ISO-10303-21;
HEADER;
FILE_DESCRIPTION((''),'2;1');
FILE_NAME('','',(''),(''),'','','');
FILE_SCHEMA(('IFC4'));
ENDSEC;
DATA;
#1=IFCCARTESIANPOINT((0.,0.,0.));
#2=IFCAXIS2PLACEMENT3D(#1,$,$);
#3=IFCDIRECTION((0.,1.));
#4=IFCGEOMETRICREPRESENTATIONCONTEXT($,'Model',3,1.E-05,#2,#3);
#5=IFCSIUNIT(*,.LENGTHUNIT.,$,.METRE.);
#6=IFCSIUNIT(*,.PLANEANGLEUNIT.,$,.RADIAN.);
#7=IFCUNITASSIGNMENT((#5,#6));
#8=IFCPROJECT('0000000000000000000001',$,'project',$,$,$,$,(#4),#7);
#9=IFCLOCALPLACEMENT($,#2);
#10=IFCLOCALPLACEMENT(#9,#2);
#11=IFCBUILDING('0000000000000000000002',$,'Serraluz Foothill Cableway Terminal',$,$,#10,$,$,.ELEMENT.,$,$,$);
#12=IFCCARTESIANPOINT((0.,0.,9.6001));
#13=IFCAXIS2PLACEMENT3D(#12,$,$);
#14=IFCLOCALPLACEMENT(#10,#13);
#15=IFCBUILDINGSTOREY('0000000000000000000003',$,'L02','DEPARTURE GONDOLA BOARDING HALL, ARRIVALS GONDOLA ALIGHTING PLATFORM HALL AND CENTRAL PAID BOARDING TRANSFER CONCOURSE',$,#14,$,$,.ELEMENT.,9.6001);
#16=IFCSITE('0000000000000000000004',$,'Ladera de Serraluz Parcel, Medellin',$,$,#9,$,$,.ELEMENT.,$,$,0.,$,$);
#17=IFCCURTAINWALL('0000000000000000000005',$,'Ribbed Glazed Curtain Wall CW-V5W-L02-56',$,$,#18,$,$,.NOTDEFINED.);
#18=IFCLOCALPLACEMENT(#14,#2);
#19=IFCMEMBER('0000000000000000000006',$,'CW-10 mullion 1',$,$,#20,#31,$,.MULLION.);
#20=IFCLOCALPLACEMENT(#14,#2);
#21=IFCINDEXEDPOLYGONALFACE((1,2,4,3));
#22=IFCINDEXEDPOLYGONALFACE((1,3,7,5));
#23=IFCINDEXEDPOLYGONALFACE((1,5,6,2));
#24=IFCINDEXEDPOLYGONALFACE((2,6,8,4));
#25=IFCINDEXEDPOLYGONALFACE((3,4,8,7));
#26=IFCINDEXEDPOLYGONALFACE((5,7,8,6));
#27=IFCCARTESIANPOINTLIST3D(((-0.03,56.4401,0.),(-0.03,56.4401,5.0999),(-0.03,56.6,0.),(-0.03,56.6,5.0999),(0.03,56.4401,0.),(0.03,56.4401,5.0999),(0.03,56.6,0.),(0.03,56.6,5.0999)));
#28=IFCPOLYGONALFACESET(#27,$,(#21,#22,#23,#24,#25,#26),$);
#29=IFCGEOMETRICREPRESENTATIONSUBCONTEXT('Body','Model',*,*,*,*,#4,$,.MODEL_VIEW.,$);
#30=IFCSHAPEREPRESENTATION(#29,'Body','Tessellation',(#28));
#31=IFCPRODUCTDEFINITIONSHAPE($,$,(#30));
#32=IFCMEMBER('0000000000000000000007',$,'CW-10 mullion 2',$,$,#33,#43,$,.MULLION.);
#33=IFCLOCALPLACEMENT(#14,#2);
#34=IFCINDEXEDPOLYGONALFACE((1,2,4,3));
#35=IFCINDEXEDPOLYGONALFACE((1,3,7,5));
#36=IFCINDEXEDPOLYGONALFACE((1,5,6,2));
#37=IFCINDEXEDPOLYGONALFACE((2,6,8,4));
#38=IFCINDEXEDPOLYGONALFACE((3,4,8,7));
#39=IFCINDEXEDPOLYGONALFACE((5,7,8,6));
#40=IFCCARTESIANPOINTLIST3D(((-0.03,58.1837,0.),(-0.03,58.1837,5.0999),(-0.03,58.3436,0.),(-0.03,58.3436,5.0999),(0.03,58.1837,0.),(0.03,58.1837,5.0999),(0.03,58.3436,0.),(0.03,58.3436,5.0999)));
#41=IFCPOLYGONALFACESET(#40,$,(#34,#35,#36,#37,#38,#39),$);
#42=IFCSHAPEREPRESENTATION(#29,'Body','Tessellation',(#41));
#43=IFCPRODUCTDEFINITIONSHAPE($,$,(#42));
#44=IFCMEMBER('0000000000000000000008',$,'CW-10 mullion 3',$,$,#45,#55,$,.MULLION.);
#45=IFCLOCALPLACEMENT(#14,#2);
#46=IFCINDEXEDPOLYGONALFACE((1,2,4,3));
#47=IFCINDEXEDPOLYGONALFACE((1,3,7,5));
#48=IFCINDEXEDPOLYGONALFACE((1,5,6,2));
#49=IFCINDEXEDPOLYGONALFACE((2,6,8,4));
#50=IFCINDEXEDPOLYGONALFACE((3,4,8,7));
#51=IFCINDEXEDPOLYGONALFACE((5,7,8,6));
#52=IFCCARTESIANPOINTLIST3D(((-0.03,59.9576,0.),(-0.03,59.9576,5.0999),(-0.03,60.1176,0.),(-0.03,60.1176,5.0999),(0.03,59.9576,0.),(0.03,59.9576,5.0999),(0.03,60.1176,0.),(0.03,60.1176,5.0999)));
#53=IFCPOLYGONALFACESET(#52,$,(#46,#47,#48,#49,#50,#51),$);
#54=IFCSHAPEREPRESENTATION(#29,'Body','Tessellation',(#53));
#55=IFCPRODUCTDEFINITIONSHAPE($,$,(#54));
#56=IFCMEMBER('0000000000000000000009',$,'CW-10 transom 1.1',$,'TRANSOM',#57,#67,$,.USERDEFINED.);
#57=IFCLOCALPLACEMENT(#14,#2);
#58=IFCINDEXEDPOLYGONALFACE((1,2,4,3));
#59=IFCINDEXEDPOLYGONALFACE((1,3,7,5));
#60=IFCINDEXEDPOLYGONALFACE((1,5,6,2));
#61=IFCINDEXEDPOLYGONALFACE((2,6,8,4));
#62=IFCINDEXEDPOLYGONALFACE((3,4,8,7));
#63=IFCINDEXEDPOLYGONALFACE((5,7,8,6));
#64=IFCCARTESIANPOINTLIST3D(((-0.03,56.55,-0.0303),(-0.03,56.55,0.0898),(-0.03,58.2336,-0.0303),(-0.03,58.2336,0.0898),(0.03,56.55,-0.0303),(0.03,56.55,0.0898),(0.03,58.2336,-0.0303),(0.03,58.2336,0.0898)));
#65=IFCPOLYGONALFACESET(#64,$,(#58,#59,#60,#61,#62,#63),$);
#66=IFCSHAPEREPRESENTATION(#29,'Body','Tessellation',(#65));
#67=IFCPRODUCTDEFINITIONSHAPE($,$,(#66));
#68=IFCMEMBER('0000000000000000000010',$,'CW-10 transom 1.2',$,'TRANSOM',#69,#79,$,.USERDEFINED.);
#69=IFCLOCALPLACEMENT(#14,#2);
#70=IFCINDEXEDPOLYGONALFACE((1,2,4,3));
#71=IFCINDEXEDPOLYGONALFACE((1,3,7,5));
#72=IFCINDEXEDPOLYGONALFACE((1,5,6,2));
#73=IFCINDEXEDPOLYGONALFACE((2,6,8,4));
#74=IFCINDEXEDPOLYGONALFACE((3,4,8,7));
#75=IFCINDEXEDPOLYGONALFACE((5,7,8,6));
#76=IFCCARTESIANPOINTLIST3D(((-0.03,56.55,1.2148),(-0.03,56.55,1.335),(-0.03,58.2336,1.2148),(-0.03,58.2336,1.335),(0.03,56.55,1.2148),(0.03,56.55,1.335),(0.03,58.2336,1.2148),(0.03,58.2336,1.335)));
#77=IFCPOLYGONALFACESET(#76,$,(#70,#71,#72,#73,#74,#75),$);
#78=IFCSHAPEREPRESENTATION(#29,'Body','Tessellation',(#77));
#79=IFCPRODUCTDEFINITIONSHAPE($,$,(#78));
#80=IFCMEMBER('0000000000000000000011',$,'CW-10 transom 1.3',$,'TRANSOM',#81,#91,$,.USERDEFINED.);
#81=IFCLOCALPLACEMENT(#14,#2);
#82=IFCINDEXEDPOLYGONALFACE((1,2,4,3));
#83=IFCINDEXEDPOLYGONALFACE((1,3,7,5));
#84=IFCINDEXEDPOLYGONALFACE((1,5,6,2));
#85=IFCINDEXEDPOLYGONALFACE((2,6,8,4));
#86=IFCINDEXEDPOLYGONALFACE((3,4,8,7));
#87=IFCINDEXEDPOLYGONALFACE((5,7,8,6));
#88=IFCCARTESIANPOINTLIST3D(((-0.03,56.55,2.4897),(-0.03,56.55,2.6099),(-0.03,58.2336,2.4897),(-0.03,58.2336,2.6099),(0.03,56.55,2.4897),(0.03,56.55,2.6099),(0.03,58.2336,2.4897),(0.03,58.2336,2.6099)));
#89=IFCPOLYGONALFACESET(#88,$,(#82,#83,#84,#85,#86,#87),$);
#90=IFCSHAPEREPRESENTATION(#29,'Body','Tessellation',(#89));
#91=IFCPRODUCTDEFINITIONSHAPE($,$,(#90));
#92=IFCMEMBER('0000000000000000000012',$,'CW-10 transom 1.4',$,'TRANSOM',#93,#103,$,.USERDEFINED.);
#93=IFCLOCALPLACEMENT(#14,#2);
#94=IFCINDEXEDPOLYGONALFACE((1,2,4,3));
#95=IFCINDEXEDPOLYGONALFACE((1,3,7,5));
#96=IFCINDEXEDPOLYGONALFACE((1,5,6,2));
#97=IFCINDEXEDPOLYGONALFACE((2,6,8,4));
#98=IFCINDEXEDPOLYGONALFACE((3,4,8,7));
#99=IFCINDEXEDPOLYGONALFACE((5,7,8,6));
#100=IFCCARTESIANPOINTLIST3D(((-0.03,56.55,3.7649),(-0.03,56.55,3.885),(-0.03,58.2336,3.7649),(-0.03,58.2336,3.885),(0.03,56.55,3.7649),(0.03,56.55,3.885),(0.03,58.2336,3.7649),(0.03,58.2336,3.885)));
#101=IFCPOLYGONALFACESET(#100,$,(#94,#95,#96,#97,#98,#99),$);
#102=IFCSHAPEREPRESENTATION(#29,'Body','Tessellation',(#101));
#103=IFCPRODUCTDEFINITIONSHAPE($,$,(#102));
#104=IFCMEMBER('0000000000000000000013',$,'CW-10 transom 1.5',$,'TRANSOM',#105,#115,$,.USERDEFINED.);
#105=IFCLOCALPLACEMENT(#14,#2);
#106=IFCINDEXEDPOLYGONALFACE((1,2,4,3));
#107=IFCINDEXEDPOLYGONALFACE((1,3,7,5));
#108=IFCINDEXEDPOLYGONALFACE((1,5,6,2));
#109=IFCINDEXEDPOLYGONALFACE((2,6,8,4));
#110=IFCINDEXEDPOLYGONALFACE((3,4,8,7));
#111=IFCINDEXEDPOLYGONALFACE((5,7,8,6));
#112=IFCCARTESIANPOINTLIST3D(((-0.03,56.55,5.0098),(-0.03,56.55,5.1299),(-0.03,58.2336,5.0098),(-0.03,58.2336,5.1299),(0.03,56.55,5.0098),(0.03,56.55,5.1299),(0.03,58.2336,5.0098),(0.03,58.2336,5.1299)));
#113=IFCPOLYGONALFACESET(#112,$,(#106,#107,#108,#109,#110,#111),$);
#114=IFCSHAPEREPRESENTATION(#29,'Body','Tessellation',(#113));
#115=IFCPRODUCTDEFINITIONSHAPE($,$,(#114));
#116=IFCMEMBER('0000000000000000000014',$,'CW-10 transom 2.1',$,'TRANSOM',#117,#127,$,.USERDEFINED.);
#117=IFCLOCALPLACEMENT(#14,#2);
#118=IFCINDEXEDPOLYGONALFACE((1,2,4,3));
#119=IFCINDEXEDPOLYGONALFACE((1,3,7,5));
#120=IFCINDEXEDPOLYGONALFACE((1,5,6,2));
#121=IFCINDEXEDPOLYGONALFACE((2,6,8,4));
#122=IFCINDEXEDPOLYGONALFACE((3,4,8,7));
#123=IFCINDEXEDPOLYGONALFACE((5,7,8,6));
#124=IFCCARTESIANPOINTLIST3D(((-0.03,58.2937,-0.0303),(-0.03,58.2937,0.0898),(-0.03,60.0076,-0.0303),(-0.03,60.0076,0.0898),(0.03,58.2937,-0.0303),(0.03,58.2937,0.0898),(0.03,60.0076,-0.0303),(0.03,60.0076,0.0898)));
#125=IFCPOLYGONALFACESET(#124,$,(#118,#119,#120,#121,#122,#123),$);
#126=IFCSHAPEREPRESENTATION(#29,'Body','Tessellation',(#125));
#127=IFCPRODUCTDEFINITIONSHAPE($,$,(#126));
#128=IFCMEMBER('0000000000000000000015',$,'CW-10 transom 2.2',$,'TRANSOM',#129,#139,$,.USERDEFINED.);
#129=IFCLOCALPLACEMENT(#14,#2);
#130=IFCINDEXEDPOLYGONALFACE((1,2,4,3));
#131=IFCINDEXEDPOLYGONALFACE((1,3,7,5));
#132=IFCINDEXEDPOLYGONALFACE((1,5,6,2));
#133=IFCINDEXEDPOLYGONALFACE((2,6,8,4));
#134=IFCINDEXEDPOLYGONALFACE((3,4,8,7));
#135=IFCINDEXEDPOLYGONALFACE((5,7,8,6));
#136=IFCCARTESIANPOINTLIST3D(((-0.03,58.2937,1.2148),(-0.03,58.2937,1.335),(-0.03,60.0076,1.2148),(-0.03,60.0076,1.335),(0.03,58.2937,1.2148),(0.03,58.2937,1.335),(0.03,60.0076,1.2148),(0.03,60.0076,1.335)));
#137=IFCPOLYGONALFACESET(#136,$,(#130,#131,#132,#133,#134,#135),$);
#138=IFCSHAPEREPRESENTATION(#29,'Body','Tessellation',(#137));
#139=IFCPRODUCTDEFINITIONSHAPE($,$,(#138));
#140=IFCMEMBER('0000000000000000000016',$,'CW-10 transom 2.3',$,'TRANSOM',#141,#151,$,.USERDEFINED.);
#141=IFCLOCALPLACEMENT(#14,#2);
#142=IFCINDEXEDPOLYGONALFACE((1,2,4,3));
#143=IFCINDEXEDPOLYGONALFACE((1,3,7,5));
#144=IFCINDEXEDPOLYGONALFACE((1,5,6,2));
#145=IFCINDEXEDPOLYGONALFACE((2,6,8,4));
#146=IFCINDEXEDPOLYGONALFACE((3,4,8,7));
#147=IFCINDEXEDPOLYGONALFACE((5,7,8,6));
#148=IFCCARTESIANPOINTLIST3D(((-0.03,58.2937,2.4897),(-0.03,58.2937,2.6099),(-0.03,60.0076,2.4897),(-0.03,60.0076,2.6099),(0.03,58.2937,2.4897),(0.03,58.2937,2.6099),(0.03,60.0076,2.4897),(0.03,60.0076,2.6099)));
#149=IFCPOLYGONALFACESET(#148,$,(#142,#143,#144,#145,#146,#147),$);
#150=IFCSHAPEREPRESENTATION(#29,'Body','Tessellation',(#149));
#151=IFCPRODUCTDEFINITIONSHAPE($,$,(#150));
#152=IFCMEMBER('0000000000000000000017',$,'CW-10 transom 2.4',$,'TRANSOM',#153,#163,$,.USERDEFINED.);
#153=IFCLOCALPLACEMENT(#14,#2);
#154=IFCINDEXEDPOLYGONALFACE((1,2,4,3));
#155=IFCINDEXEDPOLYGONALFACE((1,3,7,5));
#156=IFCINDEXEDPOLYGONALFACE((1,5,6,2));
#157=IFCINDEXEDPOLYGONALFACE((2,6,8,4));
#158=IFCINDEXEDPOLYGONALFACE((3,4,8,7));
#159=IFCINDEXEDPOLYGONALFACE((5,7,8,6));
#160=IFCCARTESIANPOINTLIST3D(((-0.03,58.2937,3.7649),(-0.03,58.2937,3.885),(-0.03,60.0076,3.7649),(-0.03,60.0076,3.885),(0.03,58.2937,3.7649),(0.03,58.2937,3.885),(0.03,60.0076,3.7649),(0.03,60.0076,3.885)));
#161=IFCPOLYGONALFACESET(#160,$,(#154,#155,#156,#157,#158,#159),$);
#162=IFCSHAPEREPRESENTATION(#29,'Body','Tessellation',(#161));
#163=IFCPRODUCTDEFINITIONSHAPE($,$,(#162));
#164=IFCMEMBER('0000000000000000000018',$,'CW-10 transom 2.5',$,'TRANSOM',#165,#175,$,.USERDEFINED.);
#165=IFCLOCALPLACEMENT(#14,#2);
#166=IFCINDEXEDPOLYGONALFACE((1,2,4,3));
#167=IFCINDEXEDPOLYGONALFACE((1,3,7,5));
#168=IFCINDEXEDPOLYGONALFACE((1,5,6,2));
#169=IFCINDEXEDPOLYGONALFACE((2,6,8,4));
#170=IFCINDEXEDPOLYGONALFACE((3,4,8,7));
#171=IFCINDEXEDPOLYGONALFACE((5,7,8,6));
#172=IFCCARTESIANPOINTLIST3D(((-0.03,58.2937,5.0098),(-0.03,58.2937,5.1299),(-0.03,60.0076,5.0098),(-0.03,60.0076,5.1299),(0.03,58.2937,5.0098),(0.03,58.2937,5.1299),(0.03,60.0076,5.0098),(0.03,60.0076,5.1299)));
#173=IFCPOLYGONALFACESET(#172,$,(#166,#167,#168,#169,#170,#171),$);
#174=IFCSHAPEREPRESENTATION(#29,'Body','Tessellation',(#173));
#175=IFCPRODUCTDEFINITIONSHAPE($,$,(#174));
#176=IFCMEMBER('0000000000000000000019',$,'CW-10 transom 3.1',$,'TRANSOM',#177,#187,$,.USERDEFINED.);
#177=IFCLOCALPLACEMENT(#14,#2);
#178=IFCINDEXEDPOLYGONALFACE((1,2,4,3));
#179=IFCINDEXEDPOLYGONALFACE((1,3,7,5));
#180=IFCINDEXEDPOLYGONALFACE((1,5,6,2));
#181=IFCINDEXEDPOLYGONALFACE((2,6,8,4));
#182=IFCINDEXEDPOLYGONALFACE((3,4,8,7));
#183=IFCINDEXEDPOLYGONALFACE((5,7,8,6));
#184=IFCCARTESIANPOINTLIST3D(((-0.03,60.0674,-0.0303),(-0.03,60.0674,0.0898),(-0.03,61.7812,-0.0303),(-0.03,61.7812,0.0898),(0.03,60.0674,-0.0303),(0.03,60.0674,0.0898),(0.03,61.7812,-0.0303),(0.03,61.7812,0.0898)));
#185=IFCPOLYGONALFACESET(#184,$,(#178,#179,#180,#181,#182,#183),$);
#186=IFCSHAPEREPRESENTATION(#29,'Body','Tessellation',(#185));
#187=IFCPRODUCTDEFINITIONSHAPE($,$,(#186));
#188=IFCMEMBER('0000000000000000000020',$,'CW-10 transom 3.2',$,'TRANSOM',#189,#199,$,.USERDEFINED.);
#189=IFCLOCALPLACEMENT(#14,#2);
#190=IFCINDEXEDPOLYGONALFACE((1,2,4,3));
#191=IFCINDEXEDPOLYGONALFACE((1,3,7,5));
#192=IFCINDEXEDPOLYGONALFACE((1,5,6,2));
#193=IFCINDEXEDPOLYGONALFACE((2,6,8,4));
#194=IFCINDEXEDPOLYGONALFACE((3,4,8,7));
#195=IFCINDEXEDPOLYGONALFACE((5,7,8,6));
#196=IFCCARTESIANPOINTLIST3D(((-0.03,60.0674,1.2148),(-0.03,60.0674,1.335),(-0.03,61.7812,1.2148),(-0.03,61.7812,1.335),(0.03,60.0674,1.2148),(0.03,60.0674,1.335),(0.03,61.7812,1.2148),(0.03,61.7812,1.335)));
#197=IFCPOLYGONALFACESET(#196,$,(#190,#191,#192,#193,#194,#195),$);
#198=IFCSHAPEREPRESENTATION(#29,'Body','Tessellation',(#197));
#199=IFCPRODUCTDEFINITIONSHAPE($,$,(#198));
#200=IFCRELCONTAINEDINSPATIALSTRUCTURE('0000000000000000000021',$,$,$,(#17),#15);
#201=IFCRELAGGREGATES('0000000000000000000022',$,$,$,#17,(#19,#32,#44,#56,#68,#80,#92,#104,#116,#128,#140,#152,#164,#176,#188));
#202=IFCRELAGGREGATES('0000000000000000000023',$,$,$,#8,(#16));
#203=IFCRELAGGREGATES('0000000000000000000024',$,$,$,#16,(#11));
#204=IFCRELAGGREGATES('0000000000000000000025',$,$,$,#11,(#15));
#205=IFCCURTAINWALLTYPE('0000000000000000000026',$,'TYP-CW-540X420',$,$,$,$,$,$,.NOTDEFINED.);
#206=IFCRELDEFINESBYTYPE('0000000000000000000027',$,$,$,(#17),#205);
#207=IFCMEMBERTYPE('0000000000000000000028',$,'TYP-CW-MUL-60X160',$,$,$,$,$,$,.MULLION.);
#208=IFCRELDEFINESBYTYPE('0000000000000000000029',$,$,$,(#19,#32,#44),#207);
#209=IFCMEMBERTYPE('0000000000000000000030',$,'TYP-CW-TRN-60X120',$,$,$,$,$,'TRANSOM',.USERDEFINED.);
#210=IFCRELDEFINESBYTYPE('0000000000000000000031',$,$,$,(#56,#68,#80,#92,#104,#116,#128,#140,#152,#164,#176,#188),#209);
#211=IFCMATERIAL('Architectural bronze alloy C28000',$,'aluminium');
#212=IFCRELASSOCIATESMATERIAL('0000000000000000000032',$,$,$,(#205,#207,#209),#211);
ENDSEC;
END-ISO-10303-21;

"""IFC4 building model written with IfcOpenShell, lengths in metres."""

from ifc_helpers import new_model, si_unit, direction, frame, origin, origin_2d, place, context, subcontext, project, spatial, rectangle, extrude, material, material_profile, profile_set, type_object, element, aggregate, save


model = new_model("IFC4")

# Units and contexts
model_context = context("Model", 3, precision=1e-05, world=origin(), true_north=direction((0.0, 1.0)))
body_context = subcontext(model_context, "Body", "Model", "MODEL_VIEW")
ifc_project = project(units=[si_unit("LENGTHUNIT", "METRE"), si_unit("PLANEANGLEUNIT", "RADIAN")], contexts=[model_context])

# Site, building, storey
site_placement = place(None, origin())
site = spatial("IfcSite", under=ifc_project, at=site_placement, Name="Ladera de Serraluz Parcel, Medellin", CompositionType="ELEMENT", RefElevation=0.0)
building_placement = place(site_placement, origin())
building = spatial("IfcBuilding", under=site, at=building_placement, Name="Serraluz Foothill Cableway Terminal", CompositionType="ELEMENT")
storey_placement = place(building_placement, frame((0.0, 0.0, 9.6001)))
storey = spatial("IfcBuildingStorey", under=building, at=storey_placement, Name="L02", Description="DEPARTURE GONDOLA BOARDING HALL, ARRIVALS GONDOLA ALIGHTING PLATFORM HALL AND CENTRAL PAID BOARDING TRANSFER CONCOURSE", CompositionType="ELEMENT", Elevation=9.6001)

# Curtain wall, members
ifc_material_1 = material(Name="Architectural bronze alloy C28000", Category="aluminium")
curtain_wall_type = type_object("IfcCurtainWallType", Name="TYP-CW-540X420", PredefinedType="NOTDEFINED", material=ifc_material_1)
curtain_wall_placement = place(storey_placement, origin())
curtain_wall = element("IfcCurtainWall", 1, at=curtain_wall_placement, inside=storey, type_object=curtain_wall_type, Name="Ribbed Glazed Curtain Wall CW-V5W-L02-56", PredefinedType="NOTDEFINED")
ifc_material_profile_1 = material_profile(ifc_material_1, rectangle(XDim=0.0601, YDim=0.1599, at=origin_2d()), Name="ALU MULLION 60x160")
ifc_profile_set_1 = profile_set([ifc_material_profile_1], Name="Architectural bronze alloy C28000")
member_type_1 = type_object("IfcMemberType", Name="TYP-CW-MUL-60X160", PredefinedType="MULLION", material=ifc_profile_set_1)
member_1_placement = place(storey_placement, frame((0.0, 56.52, 0.0), z_axis=(0.0, 0.0, 1.0), x_axis=(-1.0, 0.0, 0.0)))
member_1 = element("IfcMember", 2, at=member_1_placement, type_object=member_type_1, Name="CW-10 mullion 1", PredefinedType="MULLION", context=body_context, shape_type="SweptSolid", body=[
    extrude(rectangle(XDim=0.0601, YDim=0.1599, at=origin_2d()), origin(), (0.0, 0.0, 1.0), 5.0999),
])
member_2_placement = place(storey_placement, frame((0.0, 58.2637, 0.0), z_axis=(0.0, 0.0, 1.0), x_axis=(-1.0, 0.0, 0.0)))
member_2 = element("IfcMember", 3, at=member_2_placement, type_object=member_type_1, Name="CW-10 mullion 2", PredefinedType="MULLION", context=body_context, shape_type="SweptSolid", body=[
    extrude(rectangle(XDim=0.0601, YDim=0.1599, at=origin_2d()), origin(), (0.0, 0.0, 1.0), 5.0999),
])
member_3_placement = place(storey_placement, frame((0.0, 60.0376, 0.0), z_axis=(0.0, 0.0, 1.0), x_axis=(-1.0, 0.0, 0.0)))
member_3 = element("IfcMember", 4, at=member_3_placement, type_object=member_type_1, Name="CW-10 mullion 3", PredefinedType="MULLION", context=body_context, shape_type="SweptSolid", body=[
    extrude(rectangle(XDim=0.0601, YDim=0.1599, at=origin_2d()), origin(), (0.0, 0.0, 1.0), 5.0999),
])
ifc_material_profile_2 = material_profile(ifc_material_1, rectangle(XDim=0.0601, YDim=0.1201, at=origin_2d()), Name="ALU TRANSOM 60x120")
ifc_profile_set_2 = profile_set([ifc_material_profile_2], Name="Architectural bronze alloy C28000")
member_type_2 = type_object("IfcMemberType", Name="TYP-CW-TRN-60X120", ElementType="TRANSOM", PredefinedType="USERDEFINED", material=ifc_profile_set_2)
member_4_placement = place(storey_placement, frame((0.0, 56.55, 0.0298), z_axis=(0.0, 1.0, 0.0), x_axis=(-1.0, 0.0, 0.0)))
member_4 = element("IfcMember", 5, at=member_4_placement, type_object=member_type_2, Name="CW-10 transom 1.1", ObjectType="TRANSOM", PredefinedType="USERDEFINED", context=body_context, shape_type="SweptSolid", body=[
    extrude(rectangle(XDim=0.0601, YDim=0.1201, at=origin_2d()), origin(), (0.0, 0.0, 1.0), 1.6836),
])
member_5_placement = place(storey_placement, frame((0.0, 56.55, 1.2749), z_axis=(0.0, 1.0, 0.0), x_axis=(-1.0, 0.0, 0.0)))
member_5 = element("IfcMember", 6, at=member_5_placement, type_object=member_type_2, Name="CW-10 transom 1.2", ObjectType="TRANSOM", PredefinedType="USERDEFINED", context=body_context, shape_type="SweptSolid", body=[
    extrude(rectangle(XDim=0.0601, YDim=0.1201, at=origin_2d()), origin(), (0.0, 0.0, 1.0), 1.6836),
])
member_6_placement = place(storey_placement, frame((0.0, 56.55, 2.5498), z_axis=(0.0, 1.0, 0.0), x_axis=(-1.0, 0.0, 0.0)))
member_6 = element("IfcMember", 7, at=member_6_placement, type_object=member_type_2, Name="CW-10 transom 1.3", ObjectType="TRANSOM", PredefinedType="USERDEFINED", context=body_context, shape_type="SweptSolid", body=[
    extrude(rectangle(XDim=0.0601, YDim=0.1201, at=origin_2d()), origin(), (0.0, 0.0, 1.0), 1.6836),
])
member_7_placement = place(storey_placement, frame((0.0, 56.55, 3.825), z_axis=(0.0, 1.0, 0.0), x_axis=(-1.0, 0.0, 0.0)))
member_7 = element("IfcMember", 8, at=member_7_placement, type_object=member_type_2, Name="CW-10 transom 1.4", ObjectType="TRANSOM", PredefinedType="USERDEFINED", context=body_context, shape_type="SweptSolid", body=[
    extrude(rectangle(XDim=0.0601, YDim=0.1201, at=origin_2d()), origin(), (0.0, 0.0, 1.0), 1.6836),
])
member_8_placement = place(storey_placement, frame((0.0, 56.55, 5.0698), z_axis=(0.0, 1.0, 0.0), x_axis=(-1.0, 0.0, 0.0)))
member_8 = element("IfcMember", 9, at=member_8_placement, type_object=member_type_2, Name="CW-10 transom 1.5", ObjectType="TRANSOM", PredefinedType="USERDEFINED", context=body_context, shape_type="SweptSolid", body=[
    extrude(rectangle(XDim=0.0601, YDim=0.1201, at=origin_2d()), origin(), (0.0, 0.0, 1.0), 1.6836),
])
member_9_placement = place(storey_placement, frame((0.0, 58.2937, 0.0298), z_axis=(0.0, 1.0, 0.0), x_axis=(-1.0, 0.0, 0.0)))
member_9 = element("IfcMember", 10, at=member_9_placement, type_object=member_type_2, Name="CW-10 transom 2.1", ObjectType="TRANSOM", PredefinedType="USERDEFINED", context=body_context, shape_type="SweptSolid", body=[
    extrude(rectangle(XDim=0.0601, YDim=0.1201, at=origin_2d()), origin(), (0.0, 0.0, 1.0), 1.7139),
])
member_10_placement = place(storey_placement, frame((0.0, 58.2937, 1.2749), z_axis=(0.0, 1.0, 0.0), x_axis=(-1.0, 0.0, 0.0)))
member_10 = element("IfcMember", 11, at=member_10_placement, type_object=member_type_2, Name="CW-10 transom 2.2", ObjectType="TRANSOM", PredefinedType="USERDEFINED", context=body_context, shape_type="SweptSolid", body=[
    extrude(rectangle(XDim=0.0601, YDim=0.1201, at=origin_2d()), origin(), (0.0, 0.0, 1.0), 1.7139),
])
member_11_placement = place(storey_placement, frame((0.0, 58.2937, 2.5498), z_axis=(0.0, 1.0, 0.0), x_axis=(-1.0, 0.0, 0.0)))
member_11 = element("IfcMember", 12, at=member_11_placement, type_object=member_type_2, Name="CW-10 transom 2.3", ObjectType="TRANSOM", PredefinedType="USERDEFINED", context=body_context, shape_type="SweptSolid", body=[
    extrude(rectangle(XDim=0.0601, YDim=0.1201, at=origin_2d()), origin(), (0.0, 0.0, 1.0), 1.7139),
])
member_12_placement = place(storey_placement, frame((0.0, 58.2937, 3.825), z_axis=(0.0, 1.0, 0.0), x_axis=(-1.0, 0.0, 0.0)))
member_12 = element("IfcMember", 13, at=member_12_placement, type_object=member_type_2, Name="CW-10 transom 2.4", ObjectType="TRANSOM", PredefinedType="USERDEFINED", context=body_context, shape_type="SweptSolid", body=[
    extrude(rectangle(XDim=0.0601, YDim=0.1201, at=origin_2d()), origin(), (0.0, 0.0, 1.0), 1.7139),
])
member_13_placement = place(storey_placement, frame((0.0, 58.2937, 5.0698), z_axis=(0.0, 1.0, 0.0), x_axis=(-1.0, 0.0, 0.0)))
member_13 = element("IfcMember", 14, at=member_13_placement, type_object=member_type_2, Name="CW-10 transom 2.5", ObjectType="TRANSOM", PredefinedType="USERDEFINED", context=body_context, shape_type="SweptSolid", body=[
    extrude(rectangle(XDim=0.0601, YDim=0.1201, at=origin_2d()), origin(), (0.0, 0.0, 1.0), 1.7139),
])
member_14_placement = place(storey_placement, frame((0.0, 60.0674, 0.0298), z_axis=(0.0, 1.0, 0.0), x_axis=(-1.0, 0.0, 0.0)))
member_14 = element("IfcMember", 15, at=member_14_placement, type_object=member_type_2, Name="CW-10 transom 3.1", ObjectType="TRANSOM", PredefinedType="USERDEFINED", context=body_context, shape_type="SweptSolid", body=[
    extrude(rectangle(XDim=0.0601, YDim=0.1201, at=origin_2d()), origin(), (0.0, 0.0, 1.0), 1.7139),
])
member_15_placement = place(storey_placement, frame((0.0, 60.0674, 1.2749), z_axis=(0.0, 1.0, 0.0), x_axis=(-1.0, 0.0, 0.0)))
member_15 = element("IfcMember", 16, at=member_15_placement, type_object=member_type_2, Name="CW-10 transom 3.2", ObjectType="TRANSOM", PredefinedType="USERDEFINED", context=body_context, shape_type="SweptSolid", body=[
    extrude(rectangle(XDim=0.0601, YDim=0.1201, at=origin_2d()), origin(), (0.0, 0.0, 1.0), 1.7139),
])
aggregate(curtain_wall, [member_1, member_2, member_3, member_4, member_5, member_6, member_7, member_8, member_9, member_10, member_11, member_12, member_13, member_14, member_15])

save(model, "model.ifc")
